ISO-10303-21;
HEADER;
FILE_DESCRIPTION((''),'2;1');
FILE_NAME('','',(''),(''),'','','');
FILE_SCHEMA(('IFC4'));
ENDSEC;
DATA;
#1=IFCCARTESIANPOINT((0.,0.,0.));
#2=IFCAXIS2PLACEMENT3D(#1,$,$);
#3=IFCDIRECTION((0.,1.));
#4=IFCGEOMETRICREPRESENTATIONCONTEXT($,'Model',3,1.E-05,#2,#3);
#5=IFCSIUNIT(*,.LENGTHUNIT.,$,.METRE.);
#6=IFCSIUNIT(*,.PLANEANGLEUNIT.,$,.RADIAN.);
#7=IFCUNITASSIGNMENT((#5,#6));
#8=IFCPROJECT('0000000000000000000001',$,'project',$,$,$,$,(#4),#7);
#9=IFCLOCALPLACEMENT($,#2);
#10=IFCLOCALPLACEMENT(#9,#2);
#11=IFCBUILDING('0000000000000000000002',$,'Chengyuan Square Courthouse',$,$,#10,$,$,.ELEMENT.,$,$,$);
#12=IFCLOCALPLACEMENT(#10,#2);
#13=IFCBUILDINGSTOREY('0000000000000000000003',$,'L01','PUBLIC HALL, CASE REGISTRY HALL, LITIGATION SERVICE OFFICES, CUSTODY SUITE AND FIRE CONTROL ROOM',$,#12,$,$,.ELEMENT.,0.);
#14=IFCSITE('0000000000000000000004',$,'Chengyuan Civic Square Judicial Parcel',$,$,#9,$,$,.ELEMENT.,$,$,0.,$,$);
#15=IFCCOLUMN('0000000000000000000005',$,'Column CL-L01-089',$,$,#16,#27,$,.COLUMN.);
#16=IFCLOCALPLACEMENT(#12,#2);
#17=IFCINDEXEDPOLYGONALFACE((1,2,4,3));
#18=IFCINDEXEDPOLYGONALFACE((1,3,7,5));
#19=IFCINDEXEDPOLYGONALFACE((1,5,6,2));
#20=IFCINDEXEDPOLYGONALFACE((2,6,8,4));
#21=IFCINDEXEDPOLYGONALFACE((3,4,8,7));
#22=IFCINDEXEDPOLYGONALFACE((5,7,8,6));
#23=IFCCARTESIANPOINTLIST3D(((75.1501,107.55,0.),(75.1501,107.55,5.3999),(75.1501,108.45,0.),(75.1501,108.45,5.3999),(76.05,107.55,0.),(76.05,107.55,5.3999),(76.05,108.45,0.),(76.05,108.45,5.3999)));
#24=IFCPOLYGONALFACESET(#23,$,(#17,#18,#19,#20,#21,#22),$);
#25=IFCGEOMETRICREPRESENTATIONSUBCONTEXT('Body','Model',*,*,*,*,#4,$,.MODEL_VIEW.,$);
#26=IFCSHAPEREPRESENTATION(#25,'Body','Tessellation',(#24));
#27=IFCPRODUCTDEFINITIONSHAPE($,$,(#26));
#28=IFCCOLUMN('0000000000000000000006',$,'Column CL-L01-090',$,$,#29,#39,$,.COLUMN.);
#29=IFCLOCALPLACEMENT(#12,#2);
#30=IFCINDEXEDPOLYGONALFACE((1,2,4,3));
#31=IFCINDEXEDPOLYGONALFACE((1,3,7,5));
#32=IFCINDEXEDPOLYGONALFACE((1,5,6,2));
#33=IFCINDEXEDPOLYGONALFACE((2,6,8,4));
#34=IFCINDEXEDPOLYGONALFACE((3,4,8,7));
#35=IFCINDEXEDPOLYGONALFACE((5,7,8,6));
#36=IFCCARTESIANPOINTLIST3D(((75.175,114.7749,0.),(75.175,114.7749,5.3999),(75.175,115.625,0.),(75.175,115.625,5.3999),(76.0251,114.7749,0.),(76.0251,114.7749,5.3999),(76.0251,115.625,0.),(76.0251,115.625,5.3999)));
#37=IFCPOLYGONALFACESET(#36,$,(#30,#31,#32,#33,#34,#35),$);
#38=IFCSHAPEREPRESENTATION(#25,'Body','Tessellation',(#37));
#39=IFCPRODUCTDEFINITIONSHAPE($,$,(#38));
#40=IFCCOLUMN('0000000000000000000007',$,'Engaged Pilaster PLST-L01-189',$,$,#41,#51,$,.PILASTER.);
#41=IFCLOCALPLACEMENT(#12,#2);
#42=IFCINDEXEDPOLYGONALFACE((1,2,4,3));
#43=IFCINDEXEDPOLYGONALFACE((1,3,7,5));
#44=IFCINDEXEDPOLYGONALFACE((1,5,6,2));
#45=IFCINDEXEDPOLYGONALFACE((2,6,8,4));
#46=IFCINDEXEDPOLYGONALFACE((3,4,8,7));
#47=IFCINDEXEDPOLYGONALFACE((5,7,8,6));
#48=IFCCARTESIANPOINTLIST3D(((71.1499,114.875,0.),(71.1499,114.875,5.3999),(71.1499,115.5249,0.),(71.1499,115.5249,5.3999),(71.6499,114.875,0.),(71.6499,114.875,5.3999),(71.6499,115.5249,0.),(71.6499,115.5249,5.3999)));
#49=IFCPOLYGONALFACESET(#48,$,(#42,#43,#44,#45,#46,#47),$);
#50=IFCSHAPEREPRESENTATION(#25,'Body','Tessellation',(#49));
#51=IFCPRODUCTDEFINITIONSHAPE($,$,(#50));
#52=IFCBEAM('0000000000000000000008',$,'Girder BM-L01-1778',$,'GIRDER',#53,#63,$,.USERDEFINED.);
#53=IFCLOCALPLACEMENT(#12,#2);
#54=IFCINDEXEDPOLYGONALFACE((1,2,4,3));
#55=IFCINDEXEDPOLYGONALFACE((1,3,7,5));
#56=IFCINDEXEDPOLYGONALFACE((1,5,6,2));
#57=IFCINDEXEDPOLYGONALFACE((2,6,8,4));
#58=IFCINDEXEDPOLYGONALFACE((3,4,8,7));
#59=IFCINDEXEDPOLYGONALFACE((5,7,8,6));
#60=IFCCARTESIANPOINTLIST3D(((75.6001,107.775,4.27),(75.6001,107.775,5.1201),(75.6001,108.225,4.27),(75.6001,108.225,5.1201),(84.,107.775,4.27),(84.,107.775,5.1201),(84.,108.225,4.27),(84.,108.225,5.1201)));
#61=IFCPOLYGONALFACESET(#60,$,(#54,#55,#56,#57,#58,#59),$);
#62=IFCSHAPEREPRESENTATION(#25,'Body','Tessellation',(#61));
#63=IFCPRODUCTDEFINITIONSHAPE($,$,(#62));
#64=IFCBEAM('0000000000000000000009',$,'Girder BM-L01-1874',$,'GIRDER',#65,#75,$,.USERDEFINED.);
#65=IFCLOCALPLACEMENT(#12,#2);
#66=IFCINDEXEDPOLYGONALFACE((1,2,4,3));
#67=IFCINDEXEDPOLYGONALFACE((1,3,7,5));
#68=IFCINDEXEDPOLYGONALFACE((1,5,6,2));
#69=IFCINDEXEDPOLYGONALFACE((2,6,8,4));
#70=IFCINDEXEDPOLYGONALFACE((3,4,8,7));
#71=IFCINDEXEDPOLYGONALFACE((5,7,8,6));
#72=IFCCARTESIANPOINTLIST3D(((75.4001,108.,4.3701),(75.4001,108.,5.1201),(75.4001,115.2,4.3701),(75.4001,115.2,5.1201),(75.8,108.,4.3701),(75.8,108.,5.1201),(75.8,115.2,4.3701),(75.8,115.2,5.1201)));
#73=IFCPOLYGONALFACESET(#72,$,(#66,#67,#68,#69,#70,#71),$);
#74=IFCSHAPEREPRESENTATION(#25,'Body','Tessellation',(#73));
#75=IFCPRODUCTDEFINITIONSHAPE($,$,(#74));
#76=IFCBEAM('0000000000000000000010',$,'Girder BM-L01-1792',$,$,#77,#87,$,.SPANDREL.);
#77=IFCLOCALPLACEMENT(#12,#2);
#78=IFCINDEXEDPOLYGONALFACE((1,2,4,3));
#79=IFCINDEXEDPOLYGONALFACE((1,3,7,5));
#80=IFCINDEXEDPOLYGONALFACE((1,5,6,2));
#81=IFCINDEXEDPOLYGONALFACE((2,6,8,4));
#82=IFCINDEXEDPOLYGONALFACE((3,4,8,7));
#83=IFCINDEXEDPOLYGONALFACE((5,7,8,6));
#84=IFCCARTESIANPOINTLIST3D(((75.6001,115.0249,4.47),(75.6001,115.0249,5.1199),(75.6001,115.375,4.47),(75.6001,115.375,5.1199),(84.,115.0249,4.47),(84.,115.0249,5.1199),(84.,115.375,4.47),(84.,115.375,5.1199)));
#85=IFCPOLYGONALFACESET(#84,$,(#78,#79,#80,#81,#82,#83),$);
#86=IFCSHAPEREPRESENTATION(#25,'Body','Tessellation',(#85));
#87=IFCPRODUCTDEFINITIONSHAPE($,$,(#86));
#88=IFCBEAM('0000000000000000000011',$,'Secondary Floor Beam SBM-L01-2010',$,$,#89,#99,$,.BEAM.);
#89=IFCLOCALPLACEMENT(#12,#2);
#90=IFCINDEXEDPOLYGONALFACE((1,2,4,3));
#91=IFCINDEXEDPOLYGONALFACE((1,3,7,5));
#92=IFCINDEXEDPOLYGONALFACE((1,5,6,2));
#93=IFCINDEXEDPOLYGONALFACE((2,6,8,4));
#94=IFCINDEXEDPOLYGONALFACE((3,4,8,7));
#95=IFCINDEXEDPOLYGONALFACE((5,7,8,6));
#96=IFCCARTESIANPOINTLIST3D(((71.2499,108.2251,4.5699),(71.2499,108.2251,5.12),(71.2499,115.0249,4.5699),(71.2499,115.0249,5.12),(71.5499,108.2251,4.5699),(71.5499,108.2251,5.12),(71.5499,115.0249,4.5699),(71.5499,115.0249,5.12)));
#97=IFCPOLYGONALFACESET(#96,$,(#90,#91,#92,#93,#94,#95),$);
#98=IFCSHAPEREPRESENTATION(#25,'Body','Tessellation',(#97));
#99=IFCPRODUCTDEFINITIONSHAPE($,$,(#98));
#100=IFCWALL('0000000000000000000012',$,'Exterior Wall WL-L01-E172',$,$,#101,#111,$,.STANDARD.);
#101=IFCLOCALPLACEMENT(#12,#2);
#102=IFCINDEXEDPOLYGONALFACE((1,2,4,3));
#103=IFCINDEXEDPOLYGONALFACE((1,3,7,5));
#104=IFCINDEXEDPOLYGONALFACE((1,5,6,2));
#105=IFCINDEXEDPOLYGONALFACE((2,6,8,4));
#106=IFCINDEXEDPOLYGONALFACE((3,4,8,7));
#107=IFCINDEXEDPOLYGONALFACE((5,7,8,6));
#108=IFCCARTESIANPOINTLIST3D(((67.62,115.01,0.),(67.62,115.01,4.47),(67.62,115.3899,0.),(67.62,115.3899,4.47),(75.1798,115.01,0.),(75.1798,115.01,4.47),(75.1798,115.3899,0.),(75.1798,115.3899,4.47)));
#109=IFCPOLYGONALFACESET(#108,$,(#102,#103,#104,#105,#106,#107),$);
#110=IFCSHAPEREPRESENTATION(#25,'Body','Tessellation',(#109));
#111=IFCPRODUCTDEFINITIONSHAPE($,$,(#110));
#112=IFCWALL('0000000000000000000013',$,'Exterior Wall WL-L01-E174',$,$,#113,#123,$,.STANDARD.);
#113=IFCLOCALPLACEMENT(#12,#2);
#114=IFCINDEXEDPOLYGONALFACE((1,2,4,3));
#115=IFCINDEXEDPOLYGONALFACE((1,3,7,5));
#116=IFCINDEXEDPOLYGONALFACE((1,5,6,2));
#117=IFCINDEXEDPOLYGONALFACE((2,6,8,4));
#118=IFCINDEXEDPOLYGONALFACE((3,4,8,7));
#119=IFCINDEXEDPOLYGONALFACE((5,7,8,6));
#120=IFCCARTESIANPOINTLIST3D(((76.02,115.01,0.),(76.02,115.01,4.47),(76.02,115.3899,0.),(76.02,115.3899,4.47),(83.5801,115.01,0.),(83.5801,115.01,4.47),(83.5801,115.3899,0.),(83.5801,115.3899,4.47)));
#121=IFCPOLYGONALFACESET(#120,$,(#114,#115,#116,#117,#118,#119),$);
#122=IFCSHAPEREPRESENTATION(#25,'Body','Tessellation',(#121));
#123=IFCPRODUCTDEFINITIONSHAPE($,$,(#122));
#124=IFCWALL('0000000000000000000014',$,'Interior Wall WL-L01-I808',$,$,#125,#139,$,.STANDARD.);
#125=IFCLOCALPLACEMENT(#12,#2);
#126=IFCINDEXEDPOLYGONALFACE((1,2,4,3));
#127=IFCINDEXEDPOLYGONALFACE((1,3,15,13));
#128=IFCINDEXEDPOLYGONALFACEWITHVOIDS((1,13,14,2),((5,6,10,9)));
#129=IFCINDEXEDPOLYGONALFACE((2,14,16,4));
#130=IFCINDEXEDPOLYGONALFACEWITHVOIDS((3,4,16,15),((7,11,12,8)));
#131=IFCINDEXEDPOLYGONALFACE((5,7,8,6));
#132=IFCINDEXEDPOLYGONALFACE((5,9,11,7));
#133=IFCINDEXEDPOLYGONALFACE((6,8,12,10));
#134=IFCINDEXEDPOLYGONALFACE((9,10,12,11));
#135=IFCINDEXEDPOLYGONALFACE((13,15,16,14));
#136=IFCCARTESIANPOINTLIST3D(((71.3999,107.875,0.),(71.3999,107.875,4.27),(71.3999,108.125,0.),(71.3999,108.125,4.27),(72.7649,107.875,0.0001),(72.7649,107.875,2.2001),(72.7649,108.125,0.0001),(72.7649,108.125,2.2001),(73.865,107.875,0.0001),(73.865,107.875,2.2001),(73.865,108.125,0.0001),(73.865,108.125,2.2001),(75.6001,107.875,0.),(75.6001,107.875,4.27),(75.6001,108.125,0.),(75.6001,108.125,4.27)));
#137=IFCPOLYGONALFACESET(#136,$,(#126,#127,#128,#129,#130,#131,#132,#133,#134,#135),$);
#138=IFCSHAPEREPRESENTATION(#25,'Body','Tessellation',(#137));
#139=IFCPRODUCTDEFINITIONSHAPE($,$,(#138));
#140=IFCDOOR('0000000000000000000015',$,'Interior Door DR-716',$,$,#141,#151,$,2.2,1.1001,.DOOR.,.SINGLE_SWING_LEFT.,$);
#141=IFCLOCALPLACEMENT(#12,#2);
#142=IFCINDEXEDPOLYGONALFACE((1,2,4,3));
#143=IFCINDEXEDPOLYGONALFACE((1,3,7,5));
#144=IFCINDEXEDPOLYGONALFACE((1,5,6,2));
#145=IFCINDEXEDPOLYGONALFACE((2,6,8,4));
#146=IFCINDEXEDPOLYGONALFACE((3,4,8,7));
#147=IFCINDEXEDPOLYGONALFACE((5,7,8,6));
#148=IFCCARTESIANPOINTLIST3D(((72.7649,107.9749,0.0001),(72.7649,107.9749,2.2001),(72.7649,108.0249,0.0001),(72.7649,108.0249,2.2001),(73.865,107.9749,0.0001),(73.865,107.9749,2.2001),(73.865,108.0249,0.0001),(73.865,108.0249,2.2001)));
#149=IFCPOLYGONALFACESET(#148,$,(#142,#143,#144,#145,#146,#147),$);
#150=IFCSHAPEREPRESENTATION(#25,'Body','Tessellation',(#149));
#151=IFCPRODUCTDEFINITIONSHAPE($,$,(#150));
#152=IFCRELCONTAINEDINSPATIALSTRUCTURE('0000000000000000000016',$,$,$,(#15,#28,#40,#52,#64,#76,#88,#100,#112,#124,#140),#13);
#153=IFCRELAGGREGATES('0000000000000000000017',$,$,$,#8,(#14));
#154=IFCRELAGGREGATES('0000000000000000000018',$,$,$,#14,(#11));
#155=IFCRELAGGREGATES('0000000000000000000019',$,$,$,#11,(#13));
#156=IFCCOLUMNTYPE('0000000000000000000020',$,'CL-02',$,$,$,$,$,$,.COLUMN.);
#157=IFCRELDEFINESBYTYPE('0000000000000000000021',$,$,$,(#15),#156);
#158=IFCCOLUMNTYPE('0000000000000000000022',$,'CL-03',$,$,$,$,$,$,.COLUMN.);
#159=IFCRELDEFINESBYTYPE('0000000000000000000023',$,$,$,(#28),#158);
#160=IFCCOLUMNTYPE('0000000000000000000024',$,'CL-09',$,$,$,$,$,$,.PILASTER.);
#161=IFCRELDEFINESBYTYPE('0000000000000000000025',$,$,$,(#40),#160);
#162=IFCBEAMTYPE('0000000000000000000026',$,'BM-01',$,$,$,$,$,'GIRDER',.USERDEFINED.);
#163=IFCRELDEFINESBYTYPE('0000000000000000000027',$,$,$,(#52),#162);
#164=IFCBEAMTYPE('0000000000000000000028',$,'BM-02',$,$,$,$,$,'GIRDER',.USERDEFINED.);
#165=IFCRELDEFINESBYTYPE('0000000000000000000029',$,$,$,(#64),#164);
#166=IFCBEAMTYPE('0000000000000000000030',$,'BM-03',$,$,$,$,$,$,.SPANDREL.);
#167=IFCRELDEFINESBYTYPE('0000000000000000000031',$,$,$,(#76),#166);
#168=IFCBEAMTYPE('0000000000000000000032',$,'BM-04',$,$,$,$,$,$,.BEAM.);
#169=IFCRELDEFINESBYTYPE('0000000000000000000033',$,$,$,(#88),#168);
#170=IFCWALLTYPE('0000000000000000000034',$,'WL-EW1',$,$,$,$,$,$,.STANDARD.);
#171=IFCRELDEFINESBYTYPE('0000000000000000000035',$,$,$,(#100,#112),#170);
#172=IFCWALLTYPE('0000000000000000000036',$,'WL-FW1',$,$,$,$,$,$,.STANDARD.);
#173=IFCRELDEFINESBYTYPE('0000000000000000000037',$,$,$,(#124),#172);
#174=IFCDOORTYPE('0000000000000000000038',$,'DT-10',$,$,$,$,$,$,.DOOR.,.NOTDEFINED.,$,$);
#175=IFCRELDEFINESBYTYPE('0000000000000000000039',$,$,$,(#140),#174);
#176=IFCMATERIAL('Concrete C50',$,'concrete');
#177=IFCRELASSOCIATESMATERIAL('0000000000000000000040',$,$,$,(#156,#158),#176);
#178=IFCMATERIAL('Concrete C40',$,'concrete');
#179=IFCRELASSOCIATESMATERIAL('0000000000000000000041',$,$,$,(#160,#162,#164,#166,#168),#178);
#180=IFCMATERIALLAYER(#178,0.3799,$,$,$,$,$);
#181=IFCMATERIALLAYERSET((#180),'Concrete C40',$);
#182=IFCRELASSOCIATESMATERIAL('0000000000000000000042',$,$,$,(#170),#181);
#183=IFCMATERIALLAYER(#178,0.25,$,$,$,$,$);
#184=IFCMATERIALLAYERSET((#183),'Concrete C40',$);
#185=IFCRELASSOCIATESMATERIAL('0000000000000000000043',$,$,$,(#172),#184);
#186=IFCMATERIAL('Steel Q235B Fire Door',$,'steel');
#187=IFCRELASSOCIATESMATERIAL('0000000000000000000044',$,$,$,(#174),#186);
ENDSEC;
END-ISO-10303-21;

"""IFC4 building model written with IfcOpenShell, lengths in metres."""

from ifc_helpers import new_model, si_unit, direction, frame, frame_2d, origin, origin_2d, place, context, subcontext, project, spatial, rectangle, extrude, material, layer, layer_set, material_profile, profile_set, type_object, element, fill, save


model = new_model("IFC4")

# Units and contexts
model_context = context("Model", 3, precision=1e-05, world=origin(), true_north=direction((0.0, 1.0)))
body_context = subcontext(model_context, "Body", "Model", "MODEL_VIEW")
ifc_project = project(units=[si_unit("LENGTHUNIT", "METRE"), si_unit("PLANEANGLEUNIT", "RADIAN")], contexts=[model_context])

# Site, building, storey
site_placement = place(None, origin())
site = spatial("IfcSite", under=ifc_project, at=site_placement, Name="Chengyuan Civic Square Judicial Parcel", CompositionType="ELEMENT", RefElevation=0.0)
building_placement = place(site_placement, origin())
building = spatial("IfcBuilding", under=site, at=building_placement, Name="Chengyuan Square Courthouse", CompositionType="ELEMENT")
storey_placement = place(building_placement, origin())
storey = spatial("IfcBuildingStorey", under=building, at=storey_placement, Name="L01", Description="PUBLIC HALL, CASE REGISTRY HALL, LITIGATION SERVICE OFFICES, CUSTODY SUITE AND FIRE CONTROL ROOM", CompositionType="ELEMENT", Elevation=0.0)

# Columns
ifc_material_1 = material(Name="Concrete C50", Category="concrete")
ifc_material_profile_1 = material_profile(ifc_material_1, rectangle(XDim=0.8999, YDim=0.8999, at=origin_2d()), Name="RC-COL-900x900")
ifc_profile_set_1 = profile_set([ifc_material_profile_1], Name="Concrete C50")
column_type_1 = type_object("IfcColumnType", Name="CL-02", PredefinedType="COLUMN", material=ifc_profile_set_1)
column_1_placement = place(storey_placement, frame((75.6001, 108.0, 0.0), z_axis=(0.0, 0.0, 1.0), x_axis=(1.0, 0.0, 0.0)))
element("IfcColumn", 1, at=column_1_placement, inside=storey, type_object=column_type_1, Name="Column CL-L01-089", PredefinedType="COLUMN", context=body_context, shape_type="SweptSolid", body=[
    extrude(rectangle(XDim=0.8999, YDim=0.8999, at=origin_2d()), origin(), (0.0, 0.0, 1.0), 5.3999),
])
ifc_material_profile_2 = material_profile(ifc_material_1, rectangle(XDim=0.8501, YDim=0.8501, at=origin_2d()), Name="RC-COL-850x850")
ifc_profile_set_2 = profile_set([ifc_material_profile_2], Name="Concrete C50")
column_type_2 = type_object("IfcColumnType", Name="CL-03", PredefinedType="COLUMN", material=ifc_profile_set_2)
column_2_placement = place(storey_placement, frame((75.6001, 115.2, 0.0), z_axis=(0.0, 0.0, 1.0), x_axis=(1.0, 0.0, 0.0)))
element("IfcColumn", 2, at=column_2_placement, inside=storey, type_object=column_type_2, Name="Column CL-L01-090", PredefinedType="COLUMN", context=body_context, shape_type="SweptSolid", body=[
    extrude(rectangle(XDim=0.8501, YDim=0.8501, at=origin_2d()), origin(), (0.0, 0.0, 1.0), 5.3999),
])
ifc_material_2 = material(Name="Concrete C40", Category="concrete")
ifc_material_profile_3 = material_profile(ifc_material_2, rectangle(XDim=0.5, YDim=0.6499, at=origin_2d()), Name="RC-PIL-500x650")
ifc_profile_set_3 = profile_set([ifc_material_profile_3], Name="Concrete C40")
column_type_3 = type_object("IfcColumnType", Name="CL-09", PredefinedType="PILASTER", material=ifc_profile_set_3)
column_3_placement = place(storey_placement, frame((71.3999, 115.2, 0.0), z_axis=(0.0, 0.0, 1.0), x_axis=(1.0, 0.0, 0.0)))
element("IfcColumn", 3, at=column_3_placement, inside=storey, type_object=column_type_3, Name="Engaged Pilaster PLST-L01-189", PredefinedType="PILASTER", context=body_context, shape_type="SweptSolid", body=[
    extrude(rectangle(XDim=0.5, YDim=0.6499, at=origin_2d()), origin(), (0.0, 0.0, 1.0), 5.3999),
])

# Beams
ifc_material_profile_4 = material_profile(ifc_material_2, rectangle(XDim=0.45, YDim=0.8501, at=origin_2d()), Name="RC-BM-450x850")
ifc_profile_set_4 = profile_set([ifc_material_profile_4], Name="Concrete C40")
beam_type_1 = type_object("IfcBeamType", Name="BM-01", ElementType="GIRDER", PredefinedType="USERDEFINED", material=ifc_profile_set_4)
beam_1_placement = place(storey_placement, frame((75.6001, 108.0, 4.6951), z_axis=(1.0, 0.0, 0.0), x_axis=(0.0, 1.0, 0.0)))
element("IfcBeam", 4, at=beam_1_placement, inside=storey, type_object=beam_type_1, Name="Girder BM-L01-1778", ObjectType="GIRDER", PredefinedType="USERDEFINED", context=body_context, shape_type="SweptSolid", body=[
    extrude(rectangle(XDim=0.45, YDim=0.8501, at=origin_2d()), origin(), (0.0, 0.0, 1.0), 8.3999),
])
ifc_material_profile_5 = material_profile(ifc_material_2, rectangle(XDim=0.3999, YDim=0.75, at=origin_2d()), Name="RC-BM-400x750")
ifc_profile_set_5 = profile_set([ifc_material_profile_5], Name="Concrete C40")
beam_type_2 = type_object("IfcBeamType", Name="BM-02", ElementType="GIRDER", PredefinedType="USERDEFINED", material=ifc_profile_set_5)
beam_2_placement = place(storey_placement, frame((75.6001, 108.0, 4.7451), z_axis=(0.0, 1.0, 0.0), x_axis=(-1.0, 0.0, 0.0)))
element("IfcBeam", 5, at=beam_2_placement, inside=storey, type_object=beam_type_2, Name="Girder BM-L01-1874", ObjectType="GIRDER", PredefinedType="USERDEFINED", context=body_context, shape_type="SweptSolid", body=[
    extrude(rectangle(XDim=0.3999, YDim=0.75, at=origin_2d()), origin(), (0.0, 0.0, 1.0), 7.2),
])
ifc_material_profile_6 = material_profile(ifc_material_2, rectangle(XDim=0.3501, YDim=0.6499, at=origin_2d()), Name="RC-BM-350x650")
ifc_profile_set_6 = profile_set([ifc_material_profile_6], Name="Concrete C40")
beam_type_3 = type_object("IfcBeamType", Name="BM-03", PredefinedType="SPANDREL", material=ifc_profile_set_6)
beam_3_placement = place(storey_placement, frame((75.6001, 115.2, 4.7949), z_axis=(1.0, 0.0, 0.0), x_axis=(0.0, 1.0, 0.0)))
element("IfcBeam", 6, at=beam_3_placement, inside=storey, type_object=beam_type_3, Name="Girder BM-L01-1792", PredefinedType="SPANDREL", context=body_context, shape_type="SweptSolid", body=[
    extrude(rectangle(XDim=0.3501, YDim=0.6499, at=origin_2d()), origin(), (0.0, 0.0, 1.0), 8.3999),
])
ifc_material_profile_7 = material_profile(ifc_material_2, rectangle(XDim=0.3, YDim=0.55, at=origin_2d()), Name="RC-BM-300x550")
ifc_profile_set_7 = profile_set([ifc_material_profile_7], Name="Concrete C40")
beam_type_4 = type_object("IfcBeamType", Name="BM-04", PredefinedType="BEAM", material=ifc_profile_set_7)
beam_4_placement = place(storey_placement, frame((71.3999, 108.2251, 4.845), z_axis=(0.0, 1.0, 0.0), x_axis=(-1.0, 0.0, 0.0)))
element("IfcBeam", 7, at=beam_4_placement, inside=storey, type_object=beam_type_4, Name="Secondary Floor Beam SBM-L01-2010", PredefinedType="BEAM", context=body_context, shape_type="SweptSolid", body=[
    extrude(rectangle(XDim=0.3, YDim=0.55, at=origin_2d()), origin(), (0.0, 0.0, 1.0), 6.7998),
])

# Walls
ifc_layer_1 = layer(ifc_material_2, 0.3799)
ifc_layer_set_1 = layer_set([ifc_layer_1], Name="Concrete C40")
wall_type_1 = type_object("IfcWallType", Name="WL-EW1", PredefinedType="STANDARD", material=ifc_layer_set_1)
wall_1_placement = place(storey_placement, frame((67.6201, 115.2, 0.0), z_axis=(0.0, 0.0, 1.0), x_axis=(1.0, 0.0, 0.0)))
element("IfcWall", 8, at=wall_1_placement, inside=storey, type_object=wall_type_1, Name="Exterior Wall WL-L01-E172", PredefinedType="STANDARD", context=body_context, shape_type="SweptSolid", body=[
    extrude(rectangle(XDim=7.5598, YDim=0.3799, at=frame_2d((3.7798, 0.0))), origin(), (0.0, 0.0, 1.0), 4.47),
])
wall_2_placement = place(storey_placement, frame((76.02, 115.2, 0.0), z_axis=(0.0, 0.0, 1.0), x_axis=(1.0, 0.0, 0.0)))
element("IfcWall", 9, at=wall_2_placement, inside=storey, type_object=wall_type_1, Name="Exterior Wall WL-L01-E174", PredefinedType="STANDARD", context=body_context, shape_type="SweptSolid", body=[
    extrude(rectangle(XDim=7.5601, YDim=0.3799, at=frame_2d((3.78, 0.0))), origin(), (0.0, 0.0, 1.0), 4.47),
])

# Wall, opening, door
ifc_layer_2 = layer(ifc_material_2, 0.25)
ifc_layer_set_2 = layer_set([ifc_layer_2], Name="Concrete C40")
wall_type_2 = type_object("IfcWallType", Name="WL-FW1", PredefinedType="STANDARD", material=ifc_layer_set_2)
wall_3_placement = place(storey_placement, frame((71.3999, 108.0, 0.0), z_axis=(0.0, 0.0, 1.0), x_axis=(1.0, 0.0, 0.0)))
wall_3 = element("IfcWall", 10, at=wall_3_placement, inside=storey, type_object=wall_type_2, Name="Interior Wall WL-L01-I808", PredefinedType="STANDARD", context=body_context, shape_type="SweptSolid", body=[
    extrude(rectangle(XDim=4.2002, YDim=0.25, at=frame_2d((2.1001, 0.0))), origin(), (0.0, 0.0, 1.0), 4.27),
])
opening_1_placement = place(wall_3_placement, frame((1.365, 0.0, 0.0)))
opening_1 = element("IfcOpeningElement", 11, at=opening_1_placement, cuts=wall_3, PredefinedType="OPENING", context=body_context, shape_type="SweptSolid", body=[
    extrude(rectangle(XDim=1.1001, YDim=2.2, at=frame_2d((0.55, 1.1001))), frame((0.0, 0.137, 0.0), z_axis=(0.0, -1.0, 0.0), x_axis=(1.0, 0.0, 0.0)), (0.0, 0.0, 1.0), 0.2739),
])
ifc_material_3 = material(Name="Steel Q235B Fire Door", Category="steel")
door_type_1 = type_object("IfcDoorType", Name="DT-10", OperationType="NOTDEFINED", PredefinedType="DOOR", material=ifc_material_3)
door_1_placement = place(opening_1_placement, origin())
door_1 = element("IfcDoor", 12, at=door_1_placement, inside=storey, type_object=door_type_1, Name="Interior Door DR-716", OperationType="SINGLE_SWING_LEFT", OverallHeight=2.2, OverallWidth=1.1001, PredefinedType="DOOR", context=body_context, shape_type="SweptSolid", body=[
    extrude(rectangle(XDim=1.1001, YDim=2.2, at=frame_2d((0.55, 1.1001))), frame((0.0, 0.0249, 0.0), z_axis=(0.0, -1.0, 0.0), x_axis=(1.0, 0.0, 0.0)), (0.0, 0.0, 1.0), 0.05),
])
fill(opening_1, door_1)

save(model, "model.ifc")
